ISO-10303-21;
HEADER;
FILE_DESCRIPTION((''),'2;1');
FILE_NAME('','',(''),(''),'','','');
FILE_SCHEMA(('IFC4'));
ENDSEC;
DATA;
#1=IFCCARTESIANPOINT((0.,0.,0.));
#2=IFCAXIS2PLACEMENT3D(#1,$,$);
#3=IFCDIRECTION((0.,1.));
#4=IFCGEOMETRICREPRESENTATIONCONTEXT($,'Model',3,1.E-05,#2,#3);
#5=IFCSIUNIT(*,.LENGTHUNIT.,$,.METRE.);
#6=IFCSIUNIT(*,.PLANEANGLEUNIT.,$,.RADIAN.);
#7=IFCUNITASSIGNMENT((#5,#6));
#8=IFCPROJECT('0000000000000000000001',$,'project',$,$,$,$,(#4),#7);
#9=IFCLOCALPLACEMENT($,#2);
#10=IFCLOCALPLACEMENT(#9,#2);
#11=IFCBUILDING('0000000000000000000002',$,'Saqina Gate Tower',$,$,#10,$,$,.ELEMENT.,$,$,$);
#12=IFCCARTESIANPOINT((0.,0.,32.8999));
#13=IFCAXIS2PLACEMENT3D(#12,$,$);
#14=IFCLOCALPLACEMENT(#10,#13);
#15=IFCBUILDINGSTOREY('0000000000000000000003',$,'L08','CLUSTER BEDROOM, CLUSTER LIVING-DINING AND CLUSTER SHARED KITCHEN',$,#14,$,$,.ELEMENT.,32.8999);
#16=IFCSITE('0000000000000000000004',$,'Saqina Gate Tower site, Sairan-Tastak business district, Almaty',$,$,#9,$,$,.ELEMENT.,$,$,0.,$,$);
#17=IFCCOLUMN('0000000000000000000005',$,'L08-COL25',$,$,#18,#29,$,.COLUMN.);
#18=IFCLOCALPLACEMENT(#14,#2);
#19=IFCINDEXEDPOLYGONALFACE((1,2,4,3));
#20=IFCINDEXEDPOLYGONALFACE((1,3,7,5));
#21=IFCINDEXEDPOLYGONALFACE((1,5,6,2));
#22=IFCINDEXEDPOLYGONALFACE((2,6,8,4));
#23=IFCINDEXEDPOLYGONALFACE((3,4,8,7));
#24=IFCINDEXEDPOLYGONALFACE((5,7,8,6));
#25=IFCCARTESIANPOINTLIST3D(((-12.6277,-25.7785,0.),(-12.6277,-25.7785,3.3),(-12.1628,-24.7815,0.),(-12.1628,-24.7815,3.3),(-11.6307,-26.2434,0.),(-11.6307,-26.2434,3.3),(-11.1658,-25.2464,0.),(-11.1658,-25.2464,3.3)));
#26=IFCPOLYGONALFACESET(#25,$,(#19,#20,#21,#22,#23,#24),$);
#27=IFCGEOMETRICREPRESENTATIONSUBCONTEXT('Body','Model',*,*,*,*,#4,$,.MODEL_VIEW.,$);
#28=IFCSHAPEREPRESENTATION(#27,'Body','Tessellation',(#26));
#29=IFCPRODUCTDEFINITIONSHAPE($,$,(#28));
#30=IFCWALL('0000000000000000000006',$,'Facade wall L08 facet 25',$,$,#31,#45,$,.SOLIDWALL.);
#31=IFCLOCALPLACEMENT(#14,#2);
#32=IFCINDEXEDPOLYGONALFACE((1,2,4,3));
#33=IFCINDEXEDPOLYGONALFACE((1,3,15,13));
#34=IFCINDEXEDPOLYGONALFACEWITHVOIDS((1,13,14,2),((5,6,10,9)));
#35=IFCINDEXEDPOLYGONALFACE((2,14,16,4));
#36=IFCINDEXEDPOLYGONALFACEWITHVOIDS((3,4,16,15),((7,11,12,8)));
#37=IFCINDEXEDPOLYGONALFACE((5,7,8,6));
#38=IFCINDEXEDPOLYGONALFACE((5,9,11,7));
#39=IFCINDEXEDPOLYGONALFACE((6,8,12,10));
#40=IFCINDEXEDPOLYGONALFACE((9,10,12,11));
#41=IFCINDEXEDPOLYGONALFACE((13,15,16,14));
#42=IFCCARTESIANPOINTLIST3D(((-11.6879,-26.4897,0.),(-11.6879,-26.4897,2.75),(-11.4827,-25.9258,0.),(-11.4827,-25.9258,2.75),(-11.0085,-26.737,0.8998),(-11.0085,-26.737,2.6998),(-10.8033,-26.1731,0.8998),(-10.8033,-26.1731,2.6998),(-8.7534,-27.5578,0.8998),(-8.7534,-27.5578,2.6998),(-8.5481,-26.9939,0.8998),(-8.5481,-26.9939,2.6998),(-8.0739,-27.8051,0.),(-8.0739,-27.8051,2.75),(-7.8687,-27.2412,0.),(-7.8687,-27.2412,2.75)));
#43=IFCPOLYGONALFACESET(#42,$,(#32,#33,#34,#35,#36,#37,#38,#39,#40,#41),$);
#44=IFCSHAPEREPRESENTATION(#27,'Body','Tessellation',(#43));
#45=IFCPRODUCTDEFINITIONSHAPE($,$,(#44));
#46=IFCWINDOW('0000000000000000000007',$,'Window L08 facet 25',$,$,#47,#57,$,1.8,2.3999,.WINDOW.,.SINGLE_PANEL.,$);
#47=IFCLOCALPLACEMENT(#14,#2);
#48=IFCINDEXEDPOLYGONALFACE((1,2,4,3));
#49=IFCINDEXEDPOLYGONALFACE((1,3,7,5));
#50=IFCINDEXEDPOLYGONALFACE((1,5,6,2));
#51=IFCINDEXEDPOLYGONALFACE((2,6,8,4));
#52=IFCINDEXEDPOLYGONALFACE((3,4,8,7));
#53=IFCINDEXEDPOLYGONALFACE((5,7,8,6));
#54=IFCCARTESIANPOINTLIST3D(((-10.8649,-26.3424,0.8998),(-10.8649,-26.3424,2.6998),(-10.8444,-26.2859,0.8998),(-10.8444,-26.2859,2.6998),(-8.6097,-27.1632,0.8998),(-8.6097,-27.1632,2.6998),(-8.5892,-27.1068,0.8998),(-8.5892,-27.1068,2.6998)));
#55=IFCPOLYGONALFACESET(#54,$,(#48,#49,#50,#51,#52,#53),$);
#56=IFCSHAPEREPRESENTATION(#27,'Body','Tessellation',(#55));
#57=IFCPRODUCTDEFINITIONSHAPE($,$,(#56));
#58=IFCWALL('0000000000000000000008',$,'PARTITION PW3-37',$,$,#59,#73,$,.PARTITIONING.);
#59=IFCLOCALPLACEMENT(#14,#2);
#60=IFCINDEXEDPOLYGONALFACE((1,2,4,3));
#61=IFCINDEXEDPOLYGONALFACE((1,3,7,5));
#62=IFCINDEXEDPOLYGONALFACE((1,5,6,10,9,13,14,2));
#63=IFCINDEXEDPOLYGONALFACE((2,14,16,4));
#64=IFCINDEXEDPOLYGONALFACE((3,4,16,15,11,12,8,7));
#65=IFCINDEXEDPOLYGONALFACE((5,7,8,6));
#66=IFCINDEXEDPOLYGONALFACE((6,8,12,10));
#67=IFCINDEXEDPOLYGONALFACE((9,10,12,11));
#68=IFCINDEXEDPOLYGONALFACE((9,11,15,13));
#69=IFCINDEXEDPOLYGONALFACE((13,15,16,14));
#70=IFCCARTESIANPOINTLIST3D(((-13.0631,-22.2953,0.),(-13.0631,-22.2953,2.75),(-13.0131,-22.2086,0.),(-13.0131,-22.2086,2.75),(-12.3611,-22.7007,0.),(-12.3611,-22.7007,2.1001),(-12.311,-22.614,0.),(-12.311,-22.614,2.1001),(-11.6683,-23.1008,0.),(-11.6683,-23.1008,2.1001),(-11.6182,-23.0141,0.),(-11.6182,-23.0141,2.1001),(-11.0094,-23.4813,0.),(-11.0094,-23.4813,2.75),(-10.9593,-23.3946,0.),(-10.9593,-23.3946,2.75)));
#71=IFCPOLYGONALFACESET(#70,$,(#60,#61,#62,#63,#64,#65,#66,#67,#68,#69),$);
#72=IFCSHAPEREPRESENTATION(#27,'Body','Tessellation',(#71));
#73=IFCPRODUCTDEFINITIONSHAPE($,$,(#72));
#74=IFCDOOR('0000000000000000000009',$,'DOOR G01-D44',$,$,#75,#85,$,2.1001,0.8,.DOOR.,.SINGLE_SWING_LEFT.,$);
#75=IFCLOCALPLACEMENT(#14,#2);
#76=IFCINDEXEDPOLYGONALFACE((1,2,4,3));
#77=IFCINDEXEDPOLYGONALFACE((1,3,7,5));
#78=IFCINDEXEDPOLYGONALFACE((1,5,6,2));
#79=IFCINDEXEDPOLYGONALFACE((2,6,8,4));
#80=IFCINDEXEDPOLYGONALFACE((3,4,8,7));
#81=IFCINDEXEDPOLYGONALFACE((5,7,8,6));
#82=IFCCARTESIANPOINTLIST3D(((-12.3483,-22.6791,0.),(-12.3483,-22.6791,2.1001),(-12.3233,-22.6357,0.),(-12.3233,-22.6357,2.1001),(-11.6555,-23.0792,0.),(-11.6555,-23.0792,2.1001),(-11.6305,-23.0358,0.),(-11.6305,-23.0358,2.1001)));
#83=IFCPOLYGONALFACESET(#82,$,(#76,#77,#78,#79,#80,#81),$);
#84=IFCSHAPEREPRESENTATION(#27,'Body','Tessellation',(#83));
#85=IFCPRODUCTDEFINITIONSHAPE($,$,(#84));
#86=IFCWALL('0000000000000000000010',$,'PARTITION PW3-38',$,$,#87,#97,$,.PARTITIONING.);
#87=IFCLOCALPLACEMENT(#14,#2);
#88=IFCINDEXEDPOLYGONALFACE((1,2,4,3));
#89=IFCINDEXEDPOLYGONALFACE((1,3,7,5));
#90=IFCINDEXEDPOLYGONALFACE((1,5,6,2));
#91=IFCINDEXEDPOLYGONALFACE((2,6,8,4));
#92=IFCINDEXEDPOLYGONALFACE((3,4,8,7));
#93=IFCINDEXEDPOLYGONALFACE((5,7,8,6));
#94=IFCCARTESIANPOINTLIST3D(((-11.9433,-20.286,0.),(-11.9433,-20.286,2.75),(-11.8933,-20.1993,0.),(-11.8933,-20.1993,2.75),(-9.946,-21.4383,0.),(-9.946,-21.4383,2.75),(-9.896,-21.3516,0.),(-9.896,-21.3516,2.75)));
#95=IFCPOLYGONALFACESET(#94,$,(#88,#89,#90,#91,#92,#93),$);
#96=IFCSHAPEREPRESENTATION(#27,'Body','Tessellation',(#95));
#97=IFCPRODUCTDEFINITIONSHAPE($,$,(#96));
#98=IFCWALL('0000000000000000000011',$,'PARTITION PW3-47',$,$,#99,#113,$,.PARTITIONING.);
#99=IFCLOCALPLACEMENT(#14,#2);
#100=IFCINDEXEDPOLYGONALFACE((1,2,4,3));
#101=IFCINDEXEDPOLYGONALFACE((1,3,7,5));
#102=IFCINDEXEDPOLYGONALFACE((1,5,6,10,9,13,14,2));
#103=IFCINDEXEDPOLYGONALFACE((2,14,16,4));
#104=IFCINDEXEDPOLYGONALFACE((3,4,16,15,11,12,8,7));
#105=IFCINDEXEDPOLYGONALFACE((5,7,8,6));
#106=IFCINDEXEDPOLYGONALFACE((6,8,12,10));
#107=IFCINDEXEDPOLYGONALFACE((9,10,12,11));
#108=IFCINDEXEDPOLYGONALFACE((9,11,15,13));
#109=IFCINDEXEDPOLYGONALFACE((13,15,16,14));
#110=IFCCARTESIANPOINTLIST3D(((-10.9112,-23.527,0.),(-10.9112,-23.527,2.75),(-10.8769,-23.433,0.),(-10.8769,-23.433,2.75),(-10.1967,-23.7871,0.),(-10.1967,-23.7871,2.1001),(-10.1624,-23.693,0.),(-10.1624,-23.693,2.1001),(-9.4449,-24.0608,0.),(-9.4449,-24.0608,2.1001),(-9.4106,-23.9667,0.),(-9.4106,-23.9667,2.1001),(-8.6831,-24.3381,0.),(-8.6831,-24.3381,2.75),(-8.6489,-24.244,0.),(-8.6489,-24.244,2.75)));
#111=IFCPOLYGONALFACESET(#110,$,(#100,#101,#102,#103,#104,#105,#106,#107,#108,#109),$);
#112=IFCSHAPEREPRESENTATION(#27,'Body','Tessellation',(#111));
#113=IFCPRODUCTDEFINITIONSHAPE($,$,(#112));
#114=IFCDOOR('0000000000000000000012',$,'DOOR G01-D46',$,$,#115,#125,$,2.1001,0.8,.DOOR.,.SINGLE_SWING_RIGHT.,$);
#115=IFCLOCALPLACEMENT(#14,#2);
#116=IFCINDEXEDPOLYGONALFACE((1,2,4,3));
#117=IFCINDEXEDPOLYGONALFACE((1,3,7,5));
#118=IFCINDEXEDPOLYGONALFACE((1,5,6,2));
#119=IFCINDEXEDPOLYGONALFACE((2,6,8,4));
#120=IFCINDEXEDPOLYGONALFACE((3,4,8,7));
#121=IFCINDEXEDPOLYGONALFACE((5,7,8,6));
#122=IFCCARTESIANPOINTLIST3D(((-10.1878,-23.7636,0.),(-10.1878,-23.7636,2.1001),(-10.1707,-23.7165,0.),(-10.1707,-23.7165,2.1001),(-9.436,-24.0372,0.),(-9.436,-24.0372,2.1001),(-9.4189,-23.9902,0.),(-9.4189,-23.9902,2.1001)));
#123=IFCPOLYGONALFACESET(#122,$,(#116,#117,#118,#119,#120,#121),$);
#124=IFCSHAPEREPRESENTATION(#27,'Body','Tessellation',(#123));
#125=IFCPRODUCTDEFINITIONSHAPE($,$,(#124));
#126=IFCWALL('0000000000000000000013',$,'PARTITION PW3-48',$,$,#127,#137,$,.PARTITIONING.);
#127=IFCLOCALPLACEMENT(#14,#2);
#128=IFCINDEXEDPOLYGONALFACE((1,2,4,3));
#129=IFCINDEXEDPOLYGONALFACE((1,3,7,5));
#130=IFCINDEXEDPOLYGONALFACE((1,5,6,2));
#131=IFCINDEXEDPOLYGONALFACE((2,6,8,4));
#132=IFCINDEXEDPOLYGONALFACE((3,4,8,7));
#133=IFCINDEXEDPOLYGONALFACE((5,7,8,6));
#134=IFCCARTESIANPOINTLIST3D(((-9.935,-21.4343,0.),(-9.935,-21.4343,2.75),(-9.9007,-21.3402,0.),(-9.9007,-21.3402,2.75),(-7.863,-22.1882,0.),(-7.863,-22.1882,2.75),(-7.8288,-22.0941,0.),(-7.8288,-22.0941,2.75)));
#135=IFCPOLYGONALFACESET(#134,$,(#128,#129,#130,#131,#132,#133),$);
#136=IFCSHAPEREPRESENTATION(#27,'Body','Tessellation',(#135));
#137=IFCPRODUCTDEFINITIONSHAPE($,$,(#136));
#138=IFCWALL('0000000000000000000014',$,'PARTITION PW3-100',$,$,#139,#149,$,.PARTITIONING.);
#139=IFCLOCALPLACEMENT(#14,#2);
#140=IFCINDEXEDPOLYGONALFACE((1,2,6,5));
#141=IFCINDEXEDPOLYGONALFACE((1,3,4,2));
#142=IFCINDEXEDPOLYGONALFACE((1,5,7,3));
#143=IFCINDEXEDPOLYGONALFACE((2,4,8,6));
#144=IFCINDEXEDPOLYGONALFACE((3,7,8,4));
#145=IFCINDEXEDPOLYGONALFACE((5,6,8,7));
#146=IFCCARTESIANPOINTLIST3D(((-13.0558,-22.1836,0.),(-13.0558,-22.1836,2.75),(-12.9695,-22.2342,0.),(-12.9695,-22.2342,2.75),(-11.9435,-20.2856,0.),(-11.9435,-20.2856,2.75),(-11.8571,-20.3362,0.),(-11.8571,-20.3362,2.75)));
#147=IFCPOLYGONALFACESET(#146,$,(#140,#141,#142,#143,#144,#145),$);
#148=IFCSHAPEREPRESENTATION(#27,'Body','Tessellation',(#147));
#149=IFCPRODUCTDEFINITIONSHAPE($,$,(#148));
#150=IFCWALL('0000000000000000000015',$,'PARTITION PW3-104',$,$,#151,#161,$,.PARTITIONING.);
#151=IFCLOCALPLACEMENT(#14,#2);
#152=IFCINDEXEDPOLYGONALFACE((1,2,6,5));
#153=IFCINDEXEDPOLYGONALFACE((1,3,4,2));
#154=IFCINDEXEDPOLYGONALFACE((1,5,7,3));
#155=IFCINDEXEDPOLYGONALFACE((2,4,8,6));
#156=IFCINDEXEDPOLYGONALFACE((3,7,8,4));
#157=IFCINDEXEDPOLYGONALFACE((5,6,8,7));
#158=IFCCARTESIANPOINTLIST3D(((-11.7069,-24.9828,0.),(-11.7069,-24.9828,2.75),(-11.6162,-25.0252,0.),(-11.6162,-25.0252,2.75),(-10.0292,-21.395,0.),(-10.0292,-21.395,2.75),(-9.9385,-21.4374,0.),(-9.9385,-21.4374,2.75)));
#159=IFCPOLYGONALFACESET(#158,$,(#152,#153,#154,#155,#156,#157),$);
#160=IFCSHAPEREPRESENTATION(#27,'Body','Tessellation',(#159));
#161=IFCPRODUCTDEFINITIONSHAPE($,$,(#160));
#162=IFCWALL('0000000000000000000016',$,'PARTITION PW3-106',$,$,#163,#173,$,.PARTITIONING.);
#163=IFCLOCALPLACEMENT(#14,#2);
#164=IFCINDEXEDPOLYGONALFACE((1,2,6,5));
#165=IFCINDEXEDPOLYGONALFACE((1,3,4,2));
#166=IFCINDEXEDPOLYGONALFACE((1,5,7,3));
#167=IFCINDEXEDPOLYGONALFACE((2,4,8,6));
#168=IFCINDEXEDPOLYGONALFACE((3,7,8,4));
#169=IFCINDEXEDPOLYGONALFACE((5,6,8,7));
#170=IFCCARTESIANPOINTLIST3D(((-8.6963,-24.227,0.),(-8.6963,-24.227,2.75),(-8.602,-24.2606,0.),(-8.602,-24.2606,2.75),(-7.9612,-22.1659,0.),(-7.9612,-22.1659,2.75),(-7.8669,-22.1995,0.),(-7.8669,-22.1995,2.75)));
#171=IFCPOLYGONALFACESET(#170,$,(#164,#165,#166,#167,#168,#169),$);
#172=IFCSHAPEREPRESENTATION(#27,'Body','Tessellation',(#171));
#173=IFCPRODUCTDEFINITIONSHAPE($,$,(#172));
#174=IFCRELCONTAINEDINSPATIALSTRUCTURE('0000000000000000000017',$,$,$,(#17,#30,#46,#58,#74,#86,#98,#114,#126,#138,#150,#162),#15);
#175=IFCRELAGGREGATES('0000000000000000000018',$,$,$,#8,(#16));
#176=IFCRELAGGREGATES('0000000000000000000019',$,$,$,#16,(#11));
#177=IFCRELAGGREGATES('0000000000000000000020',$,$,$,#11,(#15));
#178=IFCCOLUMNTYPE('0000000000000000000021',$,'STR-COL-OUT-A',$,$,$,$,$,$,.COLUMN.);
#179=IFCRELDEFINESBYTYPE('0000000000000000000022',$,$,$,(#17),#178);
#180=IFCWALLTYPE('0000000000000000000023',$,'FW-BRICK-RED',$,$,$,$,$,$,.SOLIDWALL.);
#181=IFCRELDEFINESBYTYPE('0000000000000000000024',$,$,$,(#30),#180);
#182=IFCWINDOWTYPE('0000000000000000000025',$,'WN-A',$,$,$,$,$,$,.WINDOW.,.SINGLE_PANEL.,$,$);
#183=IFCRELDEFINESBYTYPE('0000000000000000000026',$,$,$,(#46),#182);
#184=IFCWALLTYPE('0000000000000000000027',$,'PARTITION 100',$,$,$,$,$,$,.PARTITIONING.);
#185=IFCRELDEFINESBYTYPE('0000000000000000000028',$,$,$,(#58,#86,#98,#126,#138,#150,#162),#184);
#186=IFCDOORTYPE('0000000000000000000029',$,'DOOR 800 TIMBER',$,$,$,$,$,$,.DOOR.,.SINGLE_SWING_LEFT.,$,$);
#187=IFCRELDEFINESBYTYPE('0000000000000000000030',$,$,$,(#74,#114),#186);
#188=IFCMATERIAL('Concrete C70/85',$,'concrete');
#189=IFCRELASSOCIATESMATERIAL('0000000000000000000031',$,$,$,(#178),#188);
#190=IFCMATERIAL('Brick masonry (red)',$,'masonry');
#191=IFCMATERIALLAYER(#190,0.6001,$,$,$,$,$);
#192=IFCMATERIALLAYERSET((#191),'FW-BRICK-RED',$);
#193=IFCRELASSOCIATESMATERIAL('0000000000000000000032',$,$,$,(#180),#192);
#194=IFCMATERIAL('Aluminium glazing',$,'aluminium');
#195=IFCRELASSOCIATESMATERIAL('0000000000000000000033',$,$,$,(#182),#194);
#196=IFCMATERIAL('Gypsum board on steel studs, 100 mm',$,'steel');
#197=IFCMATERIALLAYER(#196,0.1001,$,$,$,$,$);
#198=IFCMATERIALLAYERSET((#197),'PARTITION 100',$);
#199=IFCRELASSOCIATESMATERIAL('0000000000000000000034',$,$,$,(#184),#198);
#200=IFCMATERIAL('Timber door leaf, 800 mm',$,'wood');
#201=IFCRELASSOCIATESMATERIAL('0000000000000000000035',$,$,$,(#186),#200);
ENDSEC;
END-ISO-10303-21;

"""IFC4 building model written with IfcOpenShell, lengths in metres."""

from ifc_helpers import new_model, si_unit, direction, frame, frame_2d, origin, origin_2d, place, context, subcontext, project, spatial, rectangle, extrude, material, layer, layer_set, material_profile, profile_set, type_object, element, fill, save


model = new_model("IFC4")

# Units and contexts
model_context = context("Model", 3, precision=1e-05, world=origin(), true_north=direction((0.0, 1.0)))
body_context = subcontext(model_context, "Body", "Model", "MODEL_VIEW")
ifc_project = project(units=[si_unit("LENGTHUNIT", "METRE"), si_unit("PLANEANGLEUNIT", "RADIAN")], contexts=[model_context])

# Site, building, storey
site_placement = place(None, origin())
site = spatial("IfcSite", under=ifc_project, at=site_placement, Name="Saqina Gate Tower site, Sairan-Tastak business district, Almaty", CompositionType="ELEMENT", RefElevation=0.0)
building_placement = place(site_placement, origin())
building = spatial("IfcBuilding", under=site, at=building_placement, Name="Saqina Gate Tower", CompositionType="ELEMENT")
storey_placement = place(building_placement, frame((0.0, 0.0, 32.8999)))
storey = spatial("IfcBuildingStorey", under=building, at=storey_placement, Name="L08", Description="CLUSTER BEDROOM, CLUSTER LIVING-DINING AND CLUSTER SHARED KITCHEN", CompositionType="ELEMENT", Elevation=32.8999)

# Column
ifc_material_1 = material(Name="Concrete C70/85", Category="concrete")
ifc_material_profile = material_profile(ifc_material_1, rectangle(XDim=1.1001, YDim=1.1001, at=origin_2d()), Name="RC 1100x1100")
ifc_profile_set = profile_set([ifc_material_profile], Name="Concrete C70/85")
column_type = type_object("IfcColumnType", Name="STR-COL-OUT-A", PredefinedType="COLUMN", material=ifc_profile_set)
column_placement = place(storey_placement, frame((-11.8967, -25.5125, 0.0), z_axis=(0.0, 0.0, 1.0), x_axis=(-0.422618, -0.906308, 0.0)))
element("IfcColumn", 1, at=column_placement, inside=storey, type_object=column_type, Name="L08-COL25", PredefinedType="COLUMN", context=body_context, shape_type="SweptSolid", body=[
    extrude(rectangle(XDim=1.1001, YDim=1.1001, at=origin_2d()), origin(), (0.0, 0.0, 1.0), 3.3),
])

# Wall, opening, window
ifc_material_2 = material(Name="Brick masonry (red)", Category="masonry")
ifc_layer_1 = layer(ifc_material_2, 0.6001)
ifc_layer_set_1 = layer_set([ifc_layer_1], Name="FW-BRICK-RED")
wall_type_1 = type_object("IfcWallType", Name="FW-BRICK-RED", PredefinedType="SOLIDWALL", material=ifc_layer_set_1)
wall_1_placement = place(storey_placement, frame((-11.5852, -26.2078, 0.0), z_axis=(0.0, 0.0, 1.0), x_axis=(0.93969, -0.342028, 0.0)))
wall_1 = element("IfcWall", 2, at=wall_1_placement, inside=storey, type_object=wall_type_1, Name="Facade wall L08 facet 25", PredefinedType="SOLIDWALL", context=body_context, shape_type="SweptSolid", body=[
    extrude(rectangle(XDim=3.8459, YDim=0.6001, at=frame_2d((1.9229, 0.0))), origin(), (0.0, 0.0, 1.0), 2.75),
])
opening_1_placement = place(wall_1_placement, frame((0.7229, 0.0, 0.8999)))
opening_1 = element("IfcOpeningElement", 3, at=opening_1_placement, cuts=wall_1, PredefinedType="OPENING", context=body_context, shape_type="SweptSolid", body=[
    extrude(rectangle(XDim=2.3999, YDim=1.8, at=frame_2d((1.2, 0.8999))), frame((0.0, 0.312, 0.0), z_axis=(0.0, -1.0, 0.0), x_axis=(1.0, 0.0, 0.0)), (0.0, 0.0, 1.0), 0.624),
])
ifc_material_3 = material(Name="Aluminium glazing", Category="aluminium")
window_type = type_object("IfcWindowType", Name="WN-A", PartitioningType="SINGLE_PANEL", PredefinedType="WINDOW", material=ifc_material_3)
window_placement = place(opening_1_placement, origin())
window = element("IfcWindow", 4, at=window_placement, inside=storey, type_object=window_type, Name="Window L08 facet 25", OverallHeight=1.8, OverallWidth=2.3999, PartitioningType="SINGLE_PANEL", PredefinedType="WINDOW", context=body_context, shape_type="SweptSolid", body=[
    extrude(rectangle(XDim=2.3999, YDim=1.8, at=frame_2d((1.2, 0.8999))), frame((0.0, 0.1799, 0.0), z_axis=(0.0, -1.0, 0.0), x_axis=(1.0, 0.0, 0.0)), (0.0, 0.0, 1.0), 0.0601),
])
fill(opening_1, window)

# Wall, opening, door
ifc_material_4 = material(Name="Gypsum board on steel studs, 100 mm", Category="steel")
ifc_layer_2 = layer(ifc_material_4, 0.1001)
ifc_layer_set_2 = layer_set([ifc_layer_2], Name="PARTITION 100")
wall_type_2 = type_object("IfcWallType", Name="PARTITION 100", PredefinedType="PARTITIONING", material=ifc_layer_set_2)
wall_2_placement = place(storey_placement, frame((-13.0381, -22.252, 0.0), z_axis=(0.0, 0.0, 1.0), x_axis=(0.865966, -0.500103, 0.0)))
wall_2 = element("IfcWall", 5, at=wall_2_placement, inside=storey, type_object=wall_type_2, Name="PARTITION PW3-37", PredefinedType="PARTITIONING", context=body_context, shape_type="SweptSolid", body=[
    extrude(rectangle(XDim=2.3716, YDim=0.1001, at=frame_2d((1.1858, 0.0))), origin(), (0.0, 0.0, 1.0), 2.75),
])
opening_2_placement = place(wall_2_placement, frame((0.8108, 0.0, 0.0)))
opening_2 = element("IfcOpeningElement", 6, at=opening_2_placement, cuts=wall_2, PredefinedType="OPENING", context=body_context, shape_type="SweptSolid", body=[
    extrude(rectangle(XDim=0.8, YDim=2.1001, at=frame_2d((0.3999, 1.05))), frame((0.0, 0.062, 0.0), z_axis=(0.0, -1.0, 0.0), x_axis=(1.0, 0.0, 0.0)), (0.0, 0.0, 1.0), 0.124),
])
ifc_material_5 = material(Name="Timber door leaf, 800 mm", Category="wood")
door_type_1 = type_object("IfcDoorType", Name="DOOR 800 TIMBER", OperationType="SINGLE_SWING_LEFT", PredefinedType="DOOR", material=ifc_material_5)
door_1_placement = place(opening_2_placement, frame((0.8, 0.0, 0.0), z_axis=(0.0, 0.0, 1.0), x_axis=(-1.0, 0.0, 0.0)))
door_1 = element("IfcDoor", 7, at=door_1_placement, inside=storey, type_object=door_type_1, Name="DOOR G01-D44", OperationType="SINGLE_SWING_LEFT", OverallHeight=2.1001, OverallWidth=0.8, PredefinedType="DOOR", context=body_context, shape_type="SweptSolid", body=[
    extrude(rectangle(XDim=0.8, YDim=2.1001, at=frame_2d((0.3999, 1.05))), frame((0.0, 0.0249, 0.0), z_axis=(0.0, -1.0, 0.0), x_axis=(1.0, 0.0, 0.0)), (0.0, 0.0, 1.0), 0.05),
])
fill(opening_2, door_1)

# Wall
wall_3_placement = place(storey_placement, frame((-11.9182, -20.2427, 0.0), z_axis=(0.0, 0.0, 1.0), x_axis=(0.866177, -0.499738, 0.0)))
element("IfcWall", 8, at=wall_3_placement, inside=storey, type_object=wall_type_2, Name="PARTITION PW3-38", PredefinedType="PARTITIONING", context=body_context, shape_type="SweptSolid", body=[
    extrude(rectangle(XDim=2.3059, YDim=0.1001, at=frame_2d((1.1528, 0.0))), origin(), (0.0, 0.0, 1.0), 2.75),
])

# Wall, opening, door
wall_4_placement = place(storey_placement, frame((-10.894, -23.48, 0.0), z_axis=(0.0, 0.0, 1.0), x_axis=(0.939679, -0.342057, 0.0)))
wall_4 = element("IfcWall", 9, at=wall_4_placement, inside=storey, type_object=wall_type_2, Name="PARTITION PW3-47", PredefinedType="PARTITIONING", context=body_context, shape_type="SweptSolid", body=[
    extrude(rectangle(XDim=2.3711, YDim=0.1001, at=frame_2d((1.1855, 0.0))), origin(), (0.0, 0.0, 1.0), 2.75),
])
opening_3_placement = place(wall_4_placement, frame((0.7605, 0.0, 0.0)))
opening_3 = element("IfcOpeningElement", 10, at=opening_3_placement, cuts=wall_4, PredefinedType="OPENING", context=body_context, shape_type="SweptSolid", body=[
    extrude(rectangle(XDim=0.8, YDim=2.1001, at=frame_2d((0.3999, 1.05))), frame((0.0, 0.062, 0.0), z_axis=(0.0, -1.0, 0.0), x_axis=(1.0, 0.0, 0.0)), (0.0, 0.0, 1.0), 0.124),
])
door_2_placement = place(opening_3_placement, frame((0.8, 0.0, 0.0), z_axis=(0.0, 0.0, 1.0), x_axis=(-1.0, 0.0, 0.0)))
door_2 = element("IfcDoor", 11, at=door_2_placement, inside=storey, type_object=door_type_1, Name="DOOR G01-D46", OperationType="SINGLE_SWING_RIGHT", OverallHeight=2.1001, OverallWidth=0.8, PredefinedType="DOOR", context=body_context, shape_type="SweptSolid", body=[
    extrude(rectangle(XDim=0.8, YDim=2.1001, at=frame_2d((0.3999, 1.05))), frame((0.0, 0.0249, 0.0), z_axis=(0.0, -1.0, 0.0), x_axis=(1.0, 0.0, 0.0)), (0.0, 0.0, 1.0), 0.05),
])
fill(opening_3, door_2)

# Walls
wall_5_placement = place(storey_placement, frame((-9.918, -21.3872, 0.0), z_axis=(0.0, 0.0, 1.0), x_axis=(0.939729, -0.341921, 0.0)))
element("IfcWall", 12, at=wall_5_placement, inside=storey, type_object=wall_type_2, Name="PARTITION PW3-48", PredefinedType="PARTITIONING", context=body_context, shape_type="SweptSolid", body=[
    extrude(rectangle(XDim=2.2048, YDim=0.1001, at=frame_2d((1.1025, 0.0))), origin(), (0.0, 0.0, 1.0), 2.75),
])
wall_6_placement = place(storey_placement, frame((-13.0127, -22.209, 0.0), z_axis=(0.0, 0.0, 1.0), x_axis=(0.505623, 0.862755, 0.0)))
element("IfcWall", 13, at=wall_6_placement, inside=storey, type_object=wall_type_2, Name="PARTITION PW3-100", PredefinedType="PARTITIONING", context=body_context, shape_type="SweptSolid", body=[
    extrude(rectangle(XDim=2.2, YDim=0.1001, at=frame_2d((1.1001, 0.0))), origin(), (0.0, 0.0, 1.0), 2.75),
])
wall_7_placement = place(storey_placement, frame((-11.6616, -25.0042, 0.0), z_axis=(0.0, 0.0, 1.0), x_axis=(0.423587, 0.905855, 0.0)))
element("IfcWall", 14, at=wall_7_placement, inside=storey, type_object=wall_type_2, Name="PARTITION PW3-104", PredefinedType="PARTITIONING", context=body_context, shape_type="SweptSolid", body=[
    extrude(rectangle(XDim=3.9607, YDim=0.1001, at=frame_2d((1.9805, 0.0))), origin(), (0.0, 0.0, 1.0), 2.75),
])
wall_8_placement = place(storey_placement, frame((-8.6492, -24.2439, 0.0), z_axis=(0.0, 0.0, 1.0), x_axis=(0.335941, 0.941883, 0.0)))
element("IfcWall", 15, at=wall_8_placement, inside=storey, type_object=wall_type_2, Name="PARTITION PW3-106", PredefinedType="PARTITIONING", context=body_context, shape_type="SweptSolid", body=[
    extrude(rectangle(XDim=2.1882, YDim=0.1001, at=frame_2d((1.0942, 0.0))), origin(), (0.0, 0.0, 1.0), 2.75),
])

save(model, "model.ifc")
